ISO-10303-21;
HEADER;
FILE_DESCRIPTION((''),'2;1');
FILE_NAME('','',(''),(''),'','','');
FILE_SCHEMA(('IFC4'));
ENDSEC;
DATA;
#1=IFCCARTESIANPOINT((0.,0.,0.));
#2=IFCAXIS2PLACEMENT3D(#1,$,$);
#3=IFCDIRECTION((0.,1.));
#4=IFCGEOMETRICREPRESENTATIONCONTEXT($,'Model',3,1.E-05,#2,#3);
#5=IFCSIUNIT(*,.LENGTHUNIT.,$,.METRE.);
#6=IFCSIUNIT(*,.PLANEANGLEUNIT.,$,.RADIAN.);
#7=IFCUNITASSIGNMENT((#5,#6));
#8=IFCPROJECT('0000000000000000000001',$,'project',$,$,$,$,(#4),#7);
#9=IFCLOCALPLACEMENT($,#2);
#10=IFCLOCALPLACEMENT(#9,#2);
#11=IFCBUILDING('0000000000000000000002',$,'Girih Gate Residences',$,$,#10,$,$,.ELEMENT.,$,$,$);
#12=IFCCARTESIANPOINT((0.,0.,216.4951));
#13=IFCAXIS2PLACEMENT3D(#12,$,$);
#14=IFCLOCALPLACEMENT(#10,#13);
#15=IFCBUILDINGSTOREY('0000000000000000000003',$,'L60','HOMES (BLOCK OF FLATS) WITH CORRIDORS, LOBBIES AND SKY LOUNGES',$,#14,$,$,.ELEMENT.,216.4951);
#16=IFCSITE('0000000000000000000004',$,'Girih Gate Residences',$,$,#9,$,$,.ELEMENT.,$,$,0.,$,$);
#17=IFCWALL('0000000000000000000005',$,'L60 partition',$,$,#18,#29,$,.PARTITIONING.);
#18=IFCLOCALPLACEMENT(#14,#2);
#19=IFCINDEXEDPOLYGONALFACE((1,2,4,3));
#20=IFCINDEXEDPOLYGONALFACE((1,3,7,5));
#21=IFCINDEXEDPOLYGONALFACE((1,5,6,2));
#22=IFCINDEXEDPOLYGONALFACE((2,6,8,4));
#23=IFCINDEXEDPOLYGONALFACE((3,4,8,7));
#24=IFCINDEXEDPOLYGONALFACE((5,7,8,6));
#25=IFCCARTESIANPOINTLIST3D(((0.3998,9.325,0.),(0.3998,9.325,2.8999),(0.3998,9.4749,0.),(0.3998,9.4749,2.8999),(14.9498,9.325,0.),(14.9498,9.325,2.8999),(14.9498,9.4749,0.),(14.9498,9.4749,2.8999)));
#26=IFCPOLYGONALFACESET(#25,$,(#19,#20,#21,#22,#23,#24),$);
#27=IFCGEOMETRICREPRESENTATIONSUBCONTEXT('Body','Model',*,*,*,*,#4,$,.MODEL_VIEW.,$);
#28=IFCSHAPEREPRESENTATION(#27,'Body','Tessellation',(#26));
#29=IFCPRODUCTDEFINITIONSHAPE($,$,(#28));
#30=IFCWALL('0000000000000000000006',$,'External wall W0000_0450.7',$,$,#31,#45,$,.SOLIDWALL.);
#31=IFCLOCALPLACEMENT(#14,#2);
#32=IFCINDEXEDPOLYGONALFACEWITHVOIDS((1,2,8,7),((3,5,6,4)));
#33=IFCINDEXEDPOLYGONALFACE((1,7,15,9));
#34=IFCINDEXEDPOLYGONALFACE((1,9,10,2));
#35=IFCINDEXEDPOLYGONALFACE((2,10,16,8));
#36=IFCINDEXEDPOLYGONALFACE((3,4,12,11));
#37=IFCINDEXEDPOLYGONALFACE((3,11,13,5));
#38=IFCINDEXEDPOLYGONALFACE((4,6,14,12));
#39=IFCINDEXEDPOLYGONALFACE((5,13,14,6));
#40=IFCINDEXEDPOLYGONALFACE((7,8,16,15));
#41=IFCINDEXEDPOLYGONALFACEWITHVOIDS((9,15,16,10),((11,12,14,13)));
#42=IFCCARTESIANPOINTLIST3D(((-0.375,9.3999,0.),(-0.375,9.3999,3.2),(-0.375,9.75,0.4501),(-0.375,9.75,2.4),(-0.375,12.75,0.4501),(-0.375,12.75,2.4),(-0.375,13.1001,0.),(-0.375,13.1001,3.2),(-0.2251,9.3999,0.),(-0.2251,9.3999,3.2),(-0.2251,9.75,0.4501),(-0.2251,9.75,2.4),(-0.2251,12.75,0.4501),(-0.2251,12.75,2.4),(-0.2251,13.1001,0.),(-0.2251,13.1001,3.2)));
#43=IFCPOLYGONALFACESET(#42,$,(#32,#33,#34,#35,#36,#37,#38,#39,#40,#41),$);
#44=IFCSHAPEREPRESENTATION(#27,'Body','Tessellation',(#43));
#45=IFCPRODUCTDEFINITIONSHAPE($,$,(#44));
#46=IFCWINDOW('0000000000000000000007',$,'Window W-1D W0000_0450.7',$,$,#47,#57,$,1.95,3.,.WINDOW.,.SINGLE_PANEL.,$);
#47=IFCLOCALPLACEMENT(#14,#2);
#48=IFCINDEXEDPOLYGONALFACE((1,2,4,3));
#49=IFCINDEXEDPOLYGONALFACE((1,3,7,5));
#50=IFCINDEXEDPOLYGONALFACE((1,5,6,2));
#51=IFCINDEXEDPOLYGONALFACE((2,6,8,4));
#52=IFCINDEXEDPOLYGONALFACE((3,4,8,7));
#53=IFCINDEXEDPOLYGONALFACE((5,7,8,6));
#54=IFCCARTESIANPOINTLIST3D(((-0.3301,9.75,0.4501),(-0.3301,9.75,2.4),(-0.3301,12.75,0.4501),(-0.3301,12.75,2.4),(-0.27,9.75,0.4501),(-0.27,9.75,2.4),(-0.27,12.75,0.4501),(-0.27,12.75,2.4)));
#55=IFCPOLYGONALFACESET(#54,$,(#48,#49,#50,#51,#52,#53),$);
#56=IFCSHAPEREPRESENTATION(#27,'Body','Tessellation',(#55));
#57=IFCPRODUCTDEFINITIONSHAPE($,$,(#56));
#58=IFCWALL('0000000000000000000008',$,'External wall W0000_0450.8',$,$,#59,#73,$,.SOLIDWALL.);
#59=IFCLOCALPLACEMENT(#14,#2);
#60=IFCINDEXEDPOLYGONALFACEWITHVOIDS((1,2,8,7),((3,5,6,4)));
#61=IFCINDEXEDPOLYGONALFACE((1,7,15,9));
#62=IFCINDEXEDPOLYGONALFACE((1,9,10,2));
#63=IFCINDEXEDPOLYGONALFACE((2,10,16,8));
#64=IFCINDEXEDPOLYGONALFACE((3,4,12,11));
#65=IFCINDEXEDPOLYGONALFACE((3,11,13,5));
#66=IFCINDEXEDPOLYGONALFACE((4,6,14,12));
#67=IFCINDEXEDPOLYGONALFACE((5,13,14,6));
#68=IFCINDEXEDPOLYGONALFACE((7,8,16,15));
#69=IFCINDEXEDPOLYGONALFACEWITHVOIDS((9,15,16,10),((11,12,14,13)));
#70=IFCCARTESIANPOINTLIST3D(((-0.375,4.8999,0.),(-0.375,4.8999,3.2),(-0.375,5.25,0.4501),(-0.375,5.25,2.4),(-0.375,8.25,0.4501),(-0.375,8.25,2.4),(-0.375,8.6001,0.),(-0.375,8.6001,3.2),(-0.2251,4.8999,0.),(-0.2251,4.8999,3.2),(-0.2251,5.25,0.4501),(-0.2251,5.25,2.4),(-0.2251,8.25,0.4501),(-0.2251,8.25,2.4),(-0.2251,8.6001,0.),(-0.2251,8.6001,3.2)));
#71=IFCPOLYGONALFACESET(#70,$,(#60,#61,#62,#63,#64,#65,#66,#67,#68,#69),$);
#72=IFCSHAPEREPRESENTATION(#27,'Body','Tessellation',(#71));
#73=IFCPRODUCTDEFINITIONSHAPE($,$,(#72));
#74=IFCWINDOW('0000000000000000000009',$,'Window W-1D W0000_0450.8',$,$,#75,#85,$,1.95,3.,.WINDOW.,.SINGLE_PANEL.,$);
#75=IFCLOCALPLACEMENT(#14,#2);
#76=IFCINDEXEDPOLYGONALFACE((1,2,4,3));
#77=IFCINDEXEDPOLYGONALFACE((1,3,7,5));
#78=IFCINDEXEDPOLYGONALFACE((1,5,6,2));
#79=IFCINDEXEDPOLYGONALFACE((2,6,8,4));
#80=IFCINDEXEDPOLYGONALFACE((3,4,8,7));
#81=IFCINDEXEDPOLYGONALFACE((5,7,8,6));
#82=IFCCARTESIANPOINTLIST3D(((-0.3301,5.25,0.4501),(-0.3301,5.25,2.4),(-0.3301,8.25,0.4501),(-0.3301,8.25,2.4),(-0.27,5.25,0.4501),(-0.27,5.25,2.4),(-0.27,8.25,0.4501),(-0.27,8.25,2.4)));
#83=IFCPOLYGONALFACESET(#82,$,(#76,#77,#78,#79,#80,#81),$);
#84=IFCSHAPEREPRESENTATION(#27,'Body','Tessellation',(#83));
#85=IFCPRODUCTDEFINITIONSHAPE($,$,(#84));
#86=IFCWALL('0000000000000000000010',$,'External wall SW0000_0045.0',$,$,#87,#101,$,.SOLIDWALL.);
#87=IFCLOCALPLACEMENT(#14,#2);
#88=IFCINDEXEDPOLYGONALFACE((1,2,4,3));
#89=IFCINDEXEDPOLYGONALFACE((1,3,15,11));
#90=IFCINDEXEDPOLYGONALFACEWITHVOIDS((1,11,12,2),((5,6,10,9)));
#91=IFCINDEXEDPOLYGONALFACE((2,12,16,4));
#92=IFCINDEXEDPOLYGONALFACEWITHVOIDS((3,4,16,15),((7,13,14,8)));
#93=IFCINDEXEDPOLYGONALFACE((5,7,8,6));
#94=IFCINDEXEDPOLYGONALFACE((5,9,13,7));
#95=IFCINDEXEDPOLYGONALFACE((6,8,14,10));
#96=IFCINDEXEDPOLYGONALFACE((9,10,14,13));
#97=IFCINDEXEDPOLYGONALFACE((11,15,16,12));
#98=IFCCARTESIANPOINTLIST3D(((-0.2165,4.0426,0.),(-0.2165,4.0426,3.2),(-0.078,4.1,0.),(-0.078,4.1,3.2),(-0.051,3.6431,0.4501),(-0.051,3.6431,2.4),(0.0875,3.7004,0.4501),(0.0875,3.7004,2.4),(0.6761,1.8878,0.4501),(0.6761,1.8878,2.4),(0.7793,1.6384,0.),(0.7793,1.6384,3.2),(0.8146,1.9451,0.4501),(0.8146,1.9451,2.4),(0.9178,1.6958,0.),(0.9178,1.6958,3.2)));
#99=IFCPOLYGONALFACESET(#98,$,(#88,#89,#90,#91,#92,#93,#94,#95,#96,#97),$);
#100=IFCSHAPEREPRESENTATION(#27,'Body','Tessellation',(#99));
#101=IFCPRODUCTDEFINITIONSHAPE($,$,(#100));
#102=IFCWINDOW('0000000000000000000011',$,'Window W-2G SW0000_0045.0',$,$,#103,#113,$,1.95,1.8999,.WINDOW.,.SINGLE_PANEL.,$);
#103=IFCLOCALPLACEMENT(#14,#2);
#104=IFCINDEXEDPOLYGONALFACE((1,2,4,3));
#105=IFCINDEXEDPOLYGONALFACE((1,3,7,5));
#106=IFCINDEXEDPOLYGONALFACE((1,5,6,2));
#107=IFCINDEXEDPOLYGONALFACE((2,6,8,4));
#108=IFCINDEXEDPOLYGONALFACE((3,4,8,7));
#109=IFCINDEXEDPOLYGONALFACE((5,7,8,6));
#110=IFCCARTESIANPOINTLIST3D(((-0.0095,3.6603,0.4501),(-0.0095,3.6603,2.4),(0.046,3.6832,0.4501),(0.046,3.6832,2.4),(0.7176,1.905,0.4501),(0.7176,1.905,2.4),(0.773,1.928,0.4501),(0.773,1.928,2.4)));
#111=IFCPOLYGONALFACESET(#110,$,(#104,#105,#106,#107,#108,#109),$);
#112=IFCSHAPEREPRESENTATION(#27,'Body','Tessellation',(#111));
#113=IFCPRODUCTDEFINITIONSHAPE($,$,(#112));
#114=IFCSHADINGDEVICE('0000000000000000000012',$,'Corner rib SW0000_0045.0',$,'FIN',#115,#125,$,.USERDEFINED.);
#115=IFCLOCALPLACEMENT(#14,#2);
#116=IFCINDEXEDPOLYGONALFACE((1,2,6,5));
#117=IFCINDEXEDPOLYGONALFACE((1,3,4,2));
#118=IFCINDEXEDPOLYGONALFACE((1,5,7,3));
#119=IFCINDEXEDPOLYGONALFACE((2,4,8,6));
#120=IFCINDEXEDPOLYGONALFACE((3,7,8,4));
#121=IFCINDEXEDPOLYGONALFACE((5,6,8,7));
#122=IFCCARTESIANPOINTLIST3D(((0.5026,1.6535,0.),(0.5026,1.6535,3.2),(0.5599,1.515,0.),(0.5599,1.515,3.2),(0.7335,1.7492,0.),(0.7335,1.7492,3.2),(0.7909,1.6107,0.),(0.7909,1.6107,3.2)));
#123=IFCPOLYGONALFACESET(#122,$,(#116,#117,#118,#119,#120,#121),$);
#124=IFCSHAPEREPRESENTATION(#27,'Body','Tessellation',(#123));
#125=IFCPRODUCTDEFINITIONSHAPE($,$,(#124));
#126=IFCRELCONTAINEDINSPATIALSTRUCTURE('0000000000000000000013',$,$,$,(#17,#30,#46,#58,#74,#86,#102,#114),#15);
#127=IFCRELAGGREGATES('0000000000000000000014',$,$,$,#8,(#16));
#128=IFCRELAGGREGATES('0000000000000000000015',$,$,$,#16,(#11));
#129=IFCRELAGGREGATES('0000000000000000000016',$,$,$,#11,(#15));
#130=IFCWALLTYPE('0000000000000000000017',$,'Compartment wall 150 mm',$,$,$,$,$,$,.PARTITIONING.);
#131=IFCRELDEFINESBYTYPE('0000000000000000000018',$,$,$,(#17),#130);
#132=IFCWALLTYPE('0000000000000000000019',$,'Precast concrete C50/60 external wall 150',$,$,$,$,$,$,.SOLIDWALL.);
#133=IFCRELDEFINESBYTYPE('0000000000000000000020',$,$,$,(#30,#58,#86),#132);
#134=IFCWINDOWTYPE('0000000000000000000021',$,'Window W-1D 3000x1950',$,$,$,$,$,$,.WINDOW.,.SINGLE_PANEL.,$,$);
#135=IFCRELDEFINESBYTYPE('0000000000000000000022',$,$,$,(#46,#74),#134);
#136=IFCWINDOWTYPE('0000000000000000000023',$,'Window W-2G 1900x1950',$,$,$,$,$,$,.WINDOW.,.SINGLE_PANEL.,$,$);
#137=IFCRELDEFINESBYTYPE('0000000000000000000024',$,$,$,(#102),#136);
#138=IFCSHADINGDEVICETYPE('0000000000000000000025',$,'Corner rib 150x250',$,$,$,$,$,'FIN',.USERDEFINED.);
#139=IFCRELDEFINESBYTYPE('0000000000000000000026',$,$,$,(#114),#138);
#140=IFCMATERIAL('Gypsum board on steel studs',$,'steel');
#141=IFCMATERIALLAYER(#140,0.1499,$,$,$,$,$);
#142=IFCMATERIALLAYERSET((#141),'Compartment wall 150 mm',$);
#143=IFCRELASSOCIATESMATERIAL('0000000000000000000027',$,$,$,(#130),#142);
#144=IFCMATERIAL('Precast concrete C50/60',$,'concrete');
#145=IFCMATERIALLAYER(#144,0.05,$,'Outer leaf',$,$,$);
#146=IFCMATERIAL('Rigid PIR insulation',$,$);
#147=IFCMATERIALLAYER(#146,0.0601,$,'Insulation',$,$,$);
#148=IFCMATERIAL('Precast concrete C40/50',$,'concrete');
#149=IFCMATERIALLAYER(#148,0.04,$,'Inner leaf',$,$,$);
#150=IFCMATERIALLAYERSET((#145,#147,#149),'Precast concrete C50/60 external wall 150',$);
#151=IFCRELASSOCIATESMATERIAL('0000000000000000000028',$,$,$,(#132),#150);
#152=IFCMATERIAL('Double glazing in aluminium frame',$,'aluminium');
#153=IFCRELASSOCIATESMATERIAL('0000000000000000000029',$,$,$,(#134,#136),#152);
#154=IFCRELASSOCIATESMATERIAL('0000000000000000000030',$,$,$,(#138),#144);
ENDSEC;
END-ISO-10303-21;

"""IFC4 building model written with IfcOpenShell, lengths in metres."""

from ifc_helpers import new_model, si_unit, direction, frame, frame_2d, origin, origin_2d, place, context, subcontext, project, spatial, rectangle, extrude, material, layer, layer_set, type_object, element, fill, save


model = new_model("IFC4")

# Units and contexts
model_context = context("Model", 3, precision=1e-05, world=origin(), true_north=direction((0.0, 1.0)))
body_context = subcontext(model_context, "Body", "Model", "MODEL_VIEW")
ifc_project = project(units=[si_unit("LENGTHUNIT", "METRE"), si_unit("PLANEANGLEUNIT", "RADIAN")], contexts=[model_context])

# Site, building, storey
site_placement = place(None, origin())
site = spatial("IfcSite", under=ifc_project, at=site_placement, Name="Girih Gate Residences", CompositionType="ELEMENT", RefElevation=0.0)
building_placement = place(site_placement, origin())
building = spatial("IfcBuilding", under=site, at=building_placement, Name="Girih Gate Residences", CompositionType="ELEMENT")
storey_placement = place(building_placement, frame((0.0, 0.0, 216.4951)))
storey = spatial("IfcBuildingStorey", under=building, at=storey_placement, Name="L60", Description="HOMES (BLOCK OF FLATS) WITH CORRIDORS, LOBBIES AND SKY LOUNGES", CompositionType="ELEMENT", Elevation=216.4951)

# Wall
ifc_material_1 = material(Name="Gypsum board on steel studs", Category="steel")
ifc_layer_1 = layer(ifc_material_1, 0.1499)
ifc_layer_set_1 = layer_set([ifc_layer_1], Name="Compartment wall 150 mm")
wall_type_1 = type_object("IfcWallType", Name="Compartment wall 150 mm", PredefinedType="PARTITIONING", material=ifc_layer_set_1)
wall_1_placement = place(storey_placement, frame((0.3999, 9.3999, 0.0), z_axis=(0.0, 0.0, 1.0), x_axis=(1.0, 0.0, 0.0)))
element("IfcWall", 1, at=wall_1_placement, inside=storey, type_object=wall_type_1, Name="L60 partition", PredefinedType="PARTITIONING", context=body_context, shape_type="SweptSolid", body=[
    extrude(rectangle(XDim=14.55, YDim=0.1499, at=frame_2d((7.2749, 0.0))), origin(), (0.0, 0.0, 1.0), 2.8999),
])

# Walls, openings, windows
ifc_material_2 = material(Name="Precast concrete C50/60", Category="concrete")
ifc_layer_2 = layer(ifc_material_2, 0.05, Name="Outer leaf")
ifc_material_3 = material(Name="Rigid PIR insulation")
ifc_layer_3 = layer(ifc_material_3, 0.0601, Name="Insulation")
ifc_material_4 = material(Name="Precast concrete C40/50", Category="concrete")
ifc_layer_4 = layer(ifc_material_4, 0.04, Name="Inner leaf")
ifc_layer_set_2 = layer_set([ifc_layer_2, ifc_layer_3, ifc_layer_4], Name="Precast concrete C50/60 external wall 150")
wall_type_2 = type_object("IfcWallType", Name="Precast concrete C50/60 external wall 150", PredefinedType="SOLIDWALL", material=ifc_layer_set_2)
wall_2_placement = place(storey_placement, frame((-0.3, 9.3999, 0.0), z_axis=(0.0, 0.0, 1.0), x_axis=(0.0, 1.0, 0.0)))
wall_2 = element("IfcWall", 2, at=wall_2_placement, inside=storey, type_object=wall_type_2, Name="External wall W0000_0450.7", PredefinedType="SOLIDWALL", context=body_context, shape_type="SweptSolid", body=[
    extrude(rectangle(XDim=3.7002, YDim=0.1499, at=frame_2d((1.8501, 0.0))), origin(), (0.0, 0.0, 1.0), 3.2),
])
opening_1_placement = place(wall_2_placement, frame((0.3501, 0.0, 0.45)))
opening_1 = element("IfcOpeningElement", 3, at=opening_1_placement, cuts=wall_2, PredefinedType="OPENING", context=body_context, shape_type="SweptSolid", body=[
    extrude(rectangle(XDim=3.0, YDim=1.95, at=frame_2d((1.5, 0.9751))), frame((0.0, 0.085, 0.0), z_axis=(0.0, -1.0, 0.0), x_axis=(1.0, 0.0, 0.0)), (0.0, 0.0, 1.0), 0.1699),
])
ifc_material_5 = material(Name="Double glazing in aluminium frame", Category="aluminium")
window_type_1 = type_object("IfcWindowType", Name="Window W-1D 3000x1950", PartitioningType="SINGLE_PANEL", PredefinedType="WINDOW", material=ifc_material_5)
window_1_placement = place(opening_1_placement, origin())
window_1 = element("IfcWindow", 4, at=window_1_placement, inside=storey, type_object=window_type_1, Name="Window W-1D W0000_0450.7", OverallHeight=1.95, OverallWidth=3.0, PartitioningType="SINGLE_PANEL", PredefinedType="WINDOW", context=body_context, shape_type="SweptSolid", body=[
    extrude(rectangle(XDim=3.0, YDim=1.95, at=frame_2d((1.5, 0.9751))), frame((0.0, 0.03, 0.0), z_axis=(0.0, -1.0, 0.0), x_axis=(1.0, 0.0, 0.0)), (0.0, 0.0, 1.0), 0.0601),
])
fill(opening_1, window_1)
wall_3_placement = place(storey_placement, frame((-0.3, 4.8999, 0.0), z_axis=(0.0, 0.0, 1.0), x_axis=(0.0, 1.0, 0.0)))
wall_3 = element("IfcWall", 5, at=wall_3_placement, inside=storey, type_object=wall_type_2, Name="External wall W0000_0450.8", PredefinedType="SOLIDWALL", context=body_context, shape_type="SweptSolid", body=[
    extrude(rectangle(XDim=3.7002, YDim=0.1499, at=frame_2d((1.8501, 0.0))), origin(), (0.0, 0.0, 1.0), 3.2),
])
opening_2_placement = place(wall_3_placement, frame((0.3501, 0.0, 0.45)))
opening_2 = element("IfcOpeningElement", 6, at=opening_2_placement, cuts=wall_3, PredefinedType="OPENING", context=body_context, shape_type="SweptSolid", body=[
    extrude(rectangle(XDim=3.0, YDim=1.95, at=frame_2d((1.5, 0.9751))), frame((0.0, 0.085, 0.0), z_axis=(0.0, -1.0, 0.0), x_axis=(1.0, 0.0, 0.0)), (0.0, 0.0, 1.0), 0.1699),
])
window_2_placement = place(opening_2_placement, origin())
window_2 = element("IfcWindow", 7, at=window_2_placement, inside=storey, type_object=window_type_1, Name="Window W-1D W0000_0450.8", OverallHeight=1.95, OverallWidth=3.0, PartitioningType="SINGLE_PANEL", PredefinedType="WINDOW", context=body_context, shape_type="SweptSolid", body=[
    extrude(rectangle(XDim=3.0, YDim=1.95, at=frame_2d((1.5, 0.9751))), frame((0.0, 0.03, 0.0), z_axis=(0.0, -1.0, 0.0), x_axis=(1.0, 0.0, 0.0)), (0.0, 0.0, 1.0), 0.0601),
])
fill(opening_2, window_2)
wall_4_placement = place(storey_placement, frame((0.8486, 1.667, 0.0), z_axis=(0.0, 0.0, 1.0), x_axis=(-0.382669, 0.923885, 0.0)))
wall_4 = element("IfcWall", 8, at=wall_4_placement, inside=storey, type_object=wall_type_2, Name="External wall SW0000_0045.0", PredefinedType="SOLIDWALL", context=body_context, shape_type="SweptSolid", body=[
    extrude(rectangle(XDim=2.6023, YDim=0.1499, at=frame_2d((1.3013, 0.0))), origin(), (0.0, 0.0, 1.0), 3.2),
])
opening_3_placement = place(wall_4_placement, frame((0.27, 0.0, 0.45)))
opening_3 = element("IfcOpeningElement", 9, at=opening_3_placement, cuts=wall_4, PredefinedType="OPENING", context=body_context, shape_type="SweptSolid", body=[
    extrude(rectangle(XDim=1.8999, YDim=1.95, at=frame_2d((0.95, 0.9751))), frame((0.0, 0.085, 0.0), z_axis=(0.0, -1.0, 0.0), x_axis=(1.0, 0.0, 0.0)), (0.0, 0.0, 1.0), 0.1699),
])
window_type_2 = type_object("IfcWindowType", Name="Window W-2G 1900x1950", PartitioningType="SINGLE_PANEL", PredefinedType="WINDOW", material=ifc_material_5)
window_3_placement = place(opening_3_placement, origin())
window_3 = element("IfcWindow", 10, at=window_3_placement, inside=storey, type_object=window_type_2, Name="Window W-2G SW0000_0045.0", OverallHeight=1.95, OverallWidth=1.8999, PartitioningType="SINGLE_PANEL", PredefinedType="WINDOW", context=body_context, shape_type="SweptSolid", body=[
    extrude(rectangle(XDim=1.8999, YDim=1.95, at=frame_2d((0.95, 0.9751))), frame((0.0, 0.03, 0.0), z_axis=(0.0, -1.0, 0.0), x_axis=(1.0, 0.0, 0.0)), (0.0, 0.0, 1.0), 0.0601),
])
fill(opening_3, window_3)

# Shading device
shading_device_type = type_object("IfcShadingDeviceType", Name="Corner rib 150x250", ElementType="FIN", PredefinedType="USERDEFINED", material=ifc_material_2)
shading_device_placement = place(storey_placement, frame((0.6467, 1.6321, 0.0), z_axis=(0.0, 0.0, 1.0), x_axis=(0.382683, -0.92388, 0.0)))
element("IfcShadingDevice", 11, at=shading_device_placement, inside=storey, type_object=shading_device_type, Name="Corner rib SW0000_0045.0", ObjectType="FIN", PredefinedType="USERDEFINED", context=body_context, shape_type="SweptSolid", body=[
    extrude(rectangle(XDim=0.1499, YDim=0.25, at=origin_2d()), origin(), (0.0, 0.0, 1.0), 3.2),
])

save(model, "model.ifc")
